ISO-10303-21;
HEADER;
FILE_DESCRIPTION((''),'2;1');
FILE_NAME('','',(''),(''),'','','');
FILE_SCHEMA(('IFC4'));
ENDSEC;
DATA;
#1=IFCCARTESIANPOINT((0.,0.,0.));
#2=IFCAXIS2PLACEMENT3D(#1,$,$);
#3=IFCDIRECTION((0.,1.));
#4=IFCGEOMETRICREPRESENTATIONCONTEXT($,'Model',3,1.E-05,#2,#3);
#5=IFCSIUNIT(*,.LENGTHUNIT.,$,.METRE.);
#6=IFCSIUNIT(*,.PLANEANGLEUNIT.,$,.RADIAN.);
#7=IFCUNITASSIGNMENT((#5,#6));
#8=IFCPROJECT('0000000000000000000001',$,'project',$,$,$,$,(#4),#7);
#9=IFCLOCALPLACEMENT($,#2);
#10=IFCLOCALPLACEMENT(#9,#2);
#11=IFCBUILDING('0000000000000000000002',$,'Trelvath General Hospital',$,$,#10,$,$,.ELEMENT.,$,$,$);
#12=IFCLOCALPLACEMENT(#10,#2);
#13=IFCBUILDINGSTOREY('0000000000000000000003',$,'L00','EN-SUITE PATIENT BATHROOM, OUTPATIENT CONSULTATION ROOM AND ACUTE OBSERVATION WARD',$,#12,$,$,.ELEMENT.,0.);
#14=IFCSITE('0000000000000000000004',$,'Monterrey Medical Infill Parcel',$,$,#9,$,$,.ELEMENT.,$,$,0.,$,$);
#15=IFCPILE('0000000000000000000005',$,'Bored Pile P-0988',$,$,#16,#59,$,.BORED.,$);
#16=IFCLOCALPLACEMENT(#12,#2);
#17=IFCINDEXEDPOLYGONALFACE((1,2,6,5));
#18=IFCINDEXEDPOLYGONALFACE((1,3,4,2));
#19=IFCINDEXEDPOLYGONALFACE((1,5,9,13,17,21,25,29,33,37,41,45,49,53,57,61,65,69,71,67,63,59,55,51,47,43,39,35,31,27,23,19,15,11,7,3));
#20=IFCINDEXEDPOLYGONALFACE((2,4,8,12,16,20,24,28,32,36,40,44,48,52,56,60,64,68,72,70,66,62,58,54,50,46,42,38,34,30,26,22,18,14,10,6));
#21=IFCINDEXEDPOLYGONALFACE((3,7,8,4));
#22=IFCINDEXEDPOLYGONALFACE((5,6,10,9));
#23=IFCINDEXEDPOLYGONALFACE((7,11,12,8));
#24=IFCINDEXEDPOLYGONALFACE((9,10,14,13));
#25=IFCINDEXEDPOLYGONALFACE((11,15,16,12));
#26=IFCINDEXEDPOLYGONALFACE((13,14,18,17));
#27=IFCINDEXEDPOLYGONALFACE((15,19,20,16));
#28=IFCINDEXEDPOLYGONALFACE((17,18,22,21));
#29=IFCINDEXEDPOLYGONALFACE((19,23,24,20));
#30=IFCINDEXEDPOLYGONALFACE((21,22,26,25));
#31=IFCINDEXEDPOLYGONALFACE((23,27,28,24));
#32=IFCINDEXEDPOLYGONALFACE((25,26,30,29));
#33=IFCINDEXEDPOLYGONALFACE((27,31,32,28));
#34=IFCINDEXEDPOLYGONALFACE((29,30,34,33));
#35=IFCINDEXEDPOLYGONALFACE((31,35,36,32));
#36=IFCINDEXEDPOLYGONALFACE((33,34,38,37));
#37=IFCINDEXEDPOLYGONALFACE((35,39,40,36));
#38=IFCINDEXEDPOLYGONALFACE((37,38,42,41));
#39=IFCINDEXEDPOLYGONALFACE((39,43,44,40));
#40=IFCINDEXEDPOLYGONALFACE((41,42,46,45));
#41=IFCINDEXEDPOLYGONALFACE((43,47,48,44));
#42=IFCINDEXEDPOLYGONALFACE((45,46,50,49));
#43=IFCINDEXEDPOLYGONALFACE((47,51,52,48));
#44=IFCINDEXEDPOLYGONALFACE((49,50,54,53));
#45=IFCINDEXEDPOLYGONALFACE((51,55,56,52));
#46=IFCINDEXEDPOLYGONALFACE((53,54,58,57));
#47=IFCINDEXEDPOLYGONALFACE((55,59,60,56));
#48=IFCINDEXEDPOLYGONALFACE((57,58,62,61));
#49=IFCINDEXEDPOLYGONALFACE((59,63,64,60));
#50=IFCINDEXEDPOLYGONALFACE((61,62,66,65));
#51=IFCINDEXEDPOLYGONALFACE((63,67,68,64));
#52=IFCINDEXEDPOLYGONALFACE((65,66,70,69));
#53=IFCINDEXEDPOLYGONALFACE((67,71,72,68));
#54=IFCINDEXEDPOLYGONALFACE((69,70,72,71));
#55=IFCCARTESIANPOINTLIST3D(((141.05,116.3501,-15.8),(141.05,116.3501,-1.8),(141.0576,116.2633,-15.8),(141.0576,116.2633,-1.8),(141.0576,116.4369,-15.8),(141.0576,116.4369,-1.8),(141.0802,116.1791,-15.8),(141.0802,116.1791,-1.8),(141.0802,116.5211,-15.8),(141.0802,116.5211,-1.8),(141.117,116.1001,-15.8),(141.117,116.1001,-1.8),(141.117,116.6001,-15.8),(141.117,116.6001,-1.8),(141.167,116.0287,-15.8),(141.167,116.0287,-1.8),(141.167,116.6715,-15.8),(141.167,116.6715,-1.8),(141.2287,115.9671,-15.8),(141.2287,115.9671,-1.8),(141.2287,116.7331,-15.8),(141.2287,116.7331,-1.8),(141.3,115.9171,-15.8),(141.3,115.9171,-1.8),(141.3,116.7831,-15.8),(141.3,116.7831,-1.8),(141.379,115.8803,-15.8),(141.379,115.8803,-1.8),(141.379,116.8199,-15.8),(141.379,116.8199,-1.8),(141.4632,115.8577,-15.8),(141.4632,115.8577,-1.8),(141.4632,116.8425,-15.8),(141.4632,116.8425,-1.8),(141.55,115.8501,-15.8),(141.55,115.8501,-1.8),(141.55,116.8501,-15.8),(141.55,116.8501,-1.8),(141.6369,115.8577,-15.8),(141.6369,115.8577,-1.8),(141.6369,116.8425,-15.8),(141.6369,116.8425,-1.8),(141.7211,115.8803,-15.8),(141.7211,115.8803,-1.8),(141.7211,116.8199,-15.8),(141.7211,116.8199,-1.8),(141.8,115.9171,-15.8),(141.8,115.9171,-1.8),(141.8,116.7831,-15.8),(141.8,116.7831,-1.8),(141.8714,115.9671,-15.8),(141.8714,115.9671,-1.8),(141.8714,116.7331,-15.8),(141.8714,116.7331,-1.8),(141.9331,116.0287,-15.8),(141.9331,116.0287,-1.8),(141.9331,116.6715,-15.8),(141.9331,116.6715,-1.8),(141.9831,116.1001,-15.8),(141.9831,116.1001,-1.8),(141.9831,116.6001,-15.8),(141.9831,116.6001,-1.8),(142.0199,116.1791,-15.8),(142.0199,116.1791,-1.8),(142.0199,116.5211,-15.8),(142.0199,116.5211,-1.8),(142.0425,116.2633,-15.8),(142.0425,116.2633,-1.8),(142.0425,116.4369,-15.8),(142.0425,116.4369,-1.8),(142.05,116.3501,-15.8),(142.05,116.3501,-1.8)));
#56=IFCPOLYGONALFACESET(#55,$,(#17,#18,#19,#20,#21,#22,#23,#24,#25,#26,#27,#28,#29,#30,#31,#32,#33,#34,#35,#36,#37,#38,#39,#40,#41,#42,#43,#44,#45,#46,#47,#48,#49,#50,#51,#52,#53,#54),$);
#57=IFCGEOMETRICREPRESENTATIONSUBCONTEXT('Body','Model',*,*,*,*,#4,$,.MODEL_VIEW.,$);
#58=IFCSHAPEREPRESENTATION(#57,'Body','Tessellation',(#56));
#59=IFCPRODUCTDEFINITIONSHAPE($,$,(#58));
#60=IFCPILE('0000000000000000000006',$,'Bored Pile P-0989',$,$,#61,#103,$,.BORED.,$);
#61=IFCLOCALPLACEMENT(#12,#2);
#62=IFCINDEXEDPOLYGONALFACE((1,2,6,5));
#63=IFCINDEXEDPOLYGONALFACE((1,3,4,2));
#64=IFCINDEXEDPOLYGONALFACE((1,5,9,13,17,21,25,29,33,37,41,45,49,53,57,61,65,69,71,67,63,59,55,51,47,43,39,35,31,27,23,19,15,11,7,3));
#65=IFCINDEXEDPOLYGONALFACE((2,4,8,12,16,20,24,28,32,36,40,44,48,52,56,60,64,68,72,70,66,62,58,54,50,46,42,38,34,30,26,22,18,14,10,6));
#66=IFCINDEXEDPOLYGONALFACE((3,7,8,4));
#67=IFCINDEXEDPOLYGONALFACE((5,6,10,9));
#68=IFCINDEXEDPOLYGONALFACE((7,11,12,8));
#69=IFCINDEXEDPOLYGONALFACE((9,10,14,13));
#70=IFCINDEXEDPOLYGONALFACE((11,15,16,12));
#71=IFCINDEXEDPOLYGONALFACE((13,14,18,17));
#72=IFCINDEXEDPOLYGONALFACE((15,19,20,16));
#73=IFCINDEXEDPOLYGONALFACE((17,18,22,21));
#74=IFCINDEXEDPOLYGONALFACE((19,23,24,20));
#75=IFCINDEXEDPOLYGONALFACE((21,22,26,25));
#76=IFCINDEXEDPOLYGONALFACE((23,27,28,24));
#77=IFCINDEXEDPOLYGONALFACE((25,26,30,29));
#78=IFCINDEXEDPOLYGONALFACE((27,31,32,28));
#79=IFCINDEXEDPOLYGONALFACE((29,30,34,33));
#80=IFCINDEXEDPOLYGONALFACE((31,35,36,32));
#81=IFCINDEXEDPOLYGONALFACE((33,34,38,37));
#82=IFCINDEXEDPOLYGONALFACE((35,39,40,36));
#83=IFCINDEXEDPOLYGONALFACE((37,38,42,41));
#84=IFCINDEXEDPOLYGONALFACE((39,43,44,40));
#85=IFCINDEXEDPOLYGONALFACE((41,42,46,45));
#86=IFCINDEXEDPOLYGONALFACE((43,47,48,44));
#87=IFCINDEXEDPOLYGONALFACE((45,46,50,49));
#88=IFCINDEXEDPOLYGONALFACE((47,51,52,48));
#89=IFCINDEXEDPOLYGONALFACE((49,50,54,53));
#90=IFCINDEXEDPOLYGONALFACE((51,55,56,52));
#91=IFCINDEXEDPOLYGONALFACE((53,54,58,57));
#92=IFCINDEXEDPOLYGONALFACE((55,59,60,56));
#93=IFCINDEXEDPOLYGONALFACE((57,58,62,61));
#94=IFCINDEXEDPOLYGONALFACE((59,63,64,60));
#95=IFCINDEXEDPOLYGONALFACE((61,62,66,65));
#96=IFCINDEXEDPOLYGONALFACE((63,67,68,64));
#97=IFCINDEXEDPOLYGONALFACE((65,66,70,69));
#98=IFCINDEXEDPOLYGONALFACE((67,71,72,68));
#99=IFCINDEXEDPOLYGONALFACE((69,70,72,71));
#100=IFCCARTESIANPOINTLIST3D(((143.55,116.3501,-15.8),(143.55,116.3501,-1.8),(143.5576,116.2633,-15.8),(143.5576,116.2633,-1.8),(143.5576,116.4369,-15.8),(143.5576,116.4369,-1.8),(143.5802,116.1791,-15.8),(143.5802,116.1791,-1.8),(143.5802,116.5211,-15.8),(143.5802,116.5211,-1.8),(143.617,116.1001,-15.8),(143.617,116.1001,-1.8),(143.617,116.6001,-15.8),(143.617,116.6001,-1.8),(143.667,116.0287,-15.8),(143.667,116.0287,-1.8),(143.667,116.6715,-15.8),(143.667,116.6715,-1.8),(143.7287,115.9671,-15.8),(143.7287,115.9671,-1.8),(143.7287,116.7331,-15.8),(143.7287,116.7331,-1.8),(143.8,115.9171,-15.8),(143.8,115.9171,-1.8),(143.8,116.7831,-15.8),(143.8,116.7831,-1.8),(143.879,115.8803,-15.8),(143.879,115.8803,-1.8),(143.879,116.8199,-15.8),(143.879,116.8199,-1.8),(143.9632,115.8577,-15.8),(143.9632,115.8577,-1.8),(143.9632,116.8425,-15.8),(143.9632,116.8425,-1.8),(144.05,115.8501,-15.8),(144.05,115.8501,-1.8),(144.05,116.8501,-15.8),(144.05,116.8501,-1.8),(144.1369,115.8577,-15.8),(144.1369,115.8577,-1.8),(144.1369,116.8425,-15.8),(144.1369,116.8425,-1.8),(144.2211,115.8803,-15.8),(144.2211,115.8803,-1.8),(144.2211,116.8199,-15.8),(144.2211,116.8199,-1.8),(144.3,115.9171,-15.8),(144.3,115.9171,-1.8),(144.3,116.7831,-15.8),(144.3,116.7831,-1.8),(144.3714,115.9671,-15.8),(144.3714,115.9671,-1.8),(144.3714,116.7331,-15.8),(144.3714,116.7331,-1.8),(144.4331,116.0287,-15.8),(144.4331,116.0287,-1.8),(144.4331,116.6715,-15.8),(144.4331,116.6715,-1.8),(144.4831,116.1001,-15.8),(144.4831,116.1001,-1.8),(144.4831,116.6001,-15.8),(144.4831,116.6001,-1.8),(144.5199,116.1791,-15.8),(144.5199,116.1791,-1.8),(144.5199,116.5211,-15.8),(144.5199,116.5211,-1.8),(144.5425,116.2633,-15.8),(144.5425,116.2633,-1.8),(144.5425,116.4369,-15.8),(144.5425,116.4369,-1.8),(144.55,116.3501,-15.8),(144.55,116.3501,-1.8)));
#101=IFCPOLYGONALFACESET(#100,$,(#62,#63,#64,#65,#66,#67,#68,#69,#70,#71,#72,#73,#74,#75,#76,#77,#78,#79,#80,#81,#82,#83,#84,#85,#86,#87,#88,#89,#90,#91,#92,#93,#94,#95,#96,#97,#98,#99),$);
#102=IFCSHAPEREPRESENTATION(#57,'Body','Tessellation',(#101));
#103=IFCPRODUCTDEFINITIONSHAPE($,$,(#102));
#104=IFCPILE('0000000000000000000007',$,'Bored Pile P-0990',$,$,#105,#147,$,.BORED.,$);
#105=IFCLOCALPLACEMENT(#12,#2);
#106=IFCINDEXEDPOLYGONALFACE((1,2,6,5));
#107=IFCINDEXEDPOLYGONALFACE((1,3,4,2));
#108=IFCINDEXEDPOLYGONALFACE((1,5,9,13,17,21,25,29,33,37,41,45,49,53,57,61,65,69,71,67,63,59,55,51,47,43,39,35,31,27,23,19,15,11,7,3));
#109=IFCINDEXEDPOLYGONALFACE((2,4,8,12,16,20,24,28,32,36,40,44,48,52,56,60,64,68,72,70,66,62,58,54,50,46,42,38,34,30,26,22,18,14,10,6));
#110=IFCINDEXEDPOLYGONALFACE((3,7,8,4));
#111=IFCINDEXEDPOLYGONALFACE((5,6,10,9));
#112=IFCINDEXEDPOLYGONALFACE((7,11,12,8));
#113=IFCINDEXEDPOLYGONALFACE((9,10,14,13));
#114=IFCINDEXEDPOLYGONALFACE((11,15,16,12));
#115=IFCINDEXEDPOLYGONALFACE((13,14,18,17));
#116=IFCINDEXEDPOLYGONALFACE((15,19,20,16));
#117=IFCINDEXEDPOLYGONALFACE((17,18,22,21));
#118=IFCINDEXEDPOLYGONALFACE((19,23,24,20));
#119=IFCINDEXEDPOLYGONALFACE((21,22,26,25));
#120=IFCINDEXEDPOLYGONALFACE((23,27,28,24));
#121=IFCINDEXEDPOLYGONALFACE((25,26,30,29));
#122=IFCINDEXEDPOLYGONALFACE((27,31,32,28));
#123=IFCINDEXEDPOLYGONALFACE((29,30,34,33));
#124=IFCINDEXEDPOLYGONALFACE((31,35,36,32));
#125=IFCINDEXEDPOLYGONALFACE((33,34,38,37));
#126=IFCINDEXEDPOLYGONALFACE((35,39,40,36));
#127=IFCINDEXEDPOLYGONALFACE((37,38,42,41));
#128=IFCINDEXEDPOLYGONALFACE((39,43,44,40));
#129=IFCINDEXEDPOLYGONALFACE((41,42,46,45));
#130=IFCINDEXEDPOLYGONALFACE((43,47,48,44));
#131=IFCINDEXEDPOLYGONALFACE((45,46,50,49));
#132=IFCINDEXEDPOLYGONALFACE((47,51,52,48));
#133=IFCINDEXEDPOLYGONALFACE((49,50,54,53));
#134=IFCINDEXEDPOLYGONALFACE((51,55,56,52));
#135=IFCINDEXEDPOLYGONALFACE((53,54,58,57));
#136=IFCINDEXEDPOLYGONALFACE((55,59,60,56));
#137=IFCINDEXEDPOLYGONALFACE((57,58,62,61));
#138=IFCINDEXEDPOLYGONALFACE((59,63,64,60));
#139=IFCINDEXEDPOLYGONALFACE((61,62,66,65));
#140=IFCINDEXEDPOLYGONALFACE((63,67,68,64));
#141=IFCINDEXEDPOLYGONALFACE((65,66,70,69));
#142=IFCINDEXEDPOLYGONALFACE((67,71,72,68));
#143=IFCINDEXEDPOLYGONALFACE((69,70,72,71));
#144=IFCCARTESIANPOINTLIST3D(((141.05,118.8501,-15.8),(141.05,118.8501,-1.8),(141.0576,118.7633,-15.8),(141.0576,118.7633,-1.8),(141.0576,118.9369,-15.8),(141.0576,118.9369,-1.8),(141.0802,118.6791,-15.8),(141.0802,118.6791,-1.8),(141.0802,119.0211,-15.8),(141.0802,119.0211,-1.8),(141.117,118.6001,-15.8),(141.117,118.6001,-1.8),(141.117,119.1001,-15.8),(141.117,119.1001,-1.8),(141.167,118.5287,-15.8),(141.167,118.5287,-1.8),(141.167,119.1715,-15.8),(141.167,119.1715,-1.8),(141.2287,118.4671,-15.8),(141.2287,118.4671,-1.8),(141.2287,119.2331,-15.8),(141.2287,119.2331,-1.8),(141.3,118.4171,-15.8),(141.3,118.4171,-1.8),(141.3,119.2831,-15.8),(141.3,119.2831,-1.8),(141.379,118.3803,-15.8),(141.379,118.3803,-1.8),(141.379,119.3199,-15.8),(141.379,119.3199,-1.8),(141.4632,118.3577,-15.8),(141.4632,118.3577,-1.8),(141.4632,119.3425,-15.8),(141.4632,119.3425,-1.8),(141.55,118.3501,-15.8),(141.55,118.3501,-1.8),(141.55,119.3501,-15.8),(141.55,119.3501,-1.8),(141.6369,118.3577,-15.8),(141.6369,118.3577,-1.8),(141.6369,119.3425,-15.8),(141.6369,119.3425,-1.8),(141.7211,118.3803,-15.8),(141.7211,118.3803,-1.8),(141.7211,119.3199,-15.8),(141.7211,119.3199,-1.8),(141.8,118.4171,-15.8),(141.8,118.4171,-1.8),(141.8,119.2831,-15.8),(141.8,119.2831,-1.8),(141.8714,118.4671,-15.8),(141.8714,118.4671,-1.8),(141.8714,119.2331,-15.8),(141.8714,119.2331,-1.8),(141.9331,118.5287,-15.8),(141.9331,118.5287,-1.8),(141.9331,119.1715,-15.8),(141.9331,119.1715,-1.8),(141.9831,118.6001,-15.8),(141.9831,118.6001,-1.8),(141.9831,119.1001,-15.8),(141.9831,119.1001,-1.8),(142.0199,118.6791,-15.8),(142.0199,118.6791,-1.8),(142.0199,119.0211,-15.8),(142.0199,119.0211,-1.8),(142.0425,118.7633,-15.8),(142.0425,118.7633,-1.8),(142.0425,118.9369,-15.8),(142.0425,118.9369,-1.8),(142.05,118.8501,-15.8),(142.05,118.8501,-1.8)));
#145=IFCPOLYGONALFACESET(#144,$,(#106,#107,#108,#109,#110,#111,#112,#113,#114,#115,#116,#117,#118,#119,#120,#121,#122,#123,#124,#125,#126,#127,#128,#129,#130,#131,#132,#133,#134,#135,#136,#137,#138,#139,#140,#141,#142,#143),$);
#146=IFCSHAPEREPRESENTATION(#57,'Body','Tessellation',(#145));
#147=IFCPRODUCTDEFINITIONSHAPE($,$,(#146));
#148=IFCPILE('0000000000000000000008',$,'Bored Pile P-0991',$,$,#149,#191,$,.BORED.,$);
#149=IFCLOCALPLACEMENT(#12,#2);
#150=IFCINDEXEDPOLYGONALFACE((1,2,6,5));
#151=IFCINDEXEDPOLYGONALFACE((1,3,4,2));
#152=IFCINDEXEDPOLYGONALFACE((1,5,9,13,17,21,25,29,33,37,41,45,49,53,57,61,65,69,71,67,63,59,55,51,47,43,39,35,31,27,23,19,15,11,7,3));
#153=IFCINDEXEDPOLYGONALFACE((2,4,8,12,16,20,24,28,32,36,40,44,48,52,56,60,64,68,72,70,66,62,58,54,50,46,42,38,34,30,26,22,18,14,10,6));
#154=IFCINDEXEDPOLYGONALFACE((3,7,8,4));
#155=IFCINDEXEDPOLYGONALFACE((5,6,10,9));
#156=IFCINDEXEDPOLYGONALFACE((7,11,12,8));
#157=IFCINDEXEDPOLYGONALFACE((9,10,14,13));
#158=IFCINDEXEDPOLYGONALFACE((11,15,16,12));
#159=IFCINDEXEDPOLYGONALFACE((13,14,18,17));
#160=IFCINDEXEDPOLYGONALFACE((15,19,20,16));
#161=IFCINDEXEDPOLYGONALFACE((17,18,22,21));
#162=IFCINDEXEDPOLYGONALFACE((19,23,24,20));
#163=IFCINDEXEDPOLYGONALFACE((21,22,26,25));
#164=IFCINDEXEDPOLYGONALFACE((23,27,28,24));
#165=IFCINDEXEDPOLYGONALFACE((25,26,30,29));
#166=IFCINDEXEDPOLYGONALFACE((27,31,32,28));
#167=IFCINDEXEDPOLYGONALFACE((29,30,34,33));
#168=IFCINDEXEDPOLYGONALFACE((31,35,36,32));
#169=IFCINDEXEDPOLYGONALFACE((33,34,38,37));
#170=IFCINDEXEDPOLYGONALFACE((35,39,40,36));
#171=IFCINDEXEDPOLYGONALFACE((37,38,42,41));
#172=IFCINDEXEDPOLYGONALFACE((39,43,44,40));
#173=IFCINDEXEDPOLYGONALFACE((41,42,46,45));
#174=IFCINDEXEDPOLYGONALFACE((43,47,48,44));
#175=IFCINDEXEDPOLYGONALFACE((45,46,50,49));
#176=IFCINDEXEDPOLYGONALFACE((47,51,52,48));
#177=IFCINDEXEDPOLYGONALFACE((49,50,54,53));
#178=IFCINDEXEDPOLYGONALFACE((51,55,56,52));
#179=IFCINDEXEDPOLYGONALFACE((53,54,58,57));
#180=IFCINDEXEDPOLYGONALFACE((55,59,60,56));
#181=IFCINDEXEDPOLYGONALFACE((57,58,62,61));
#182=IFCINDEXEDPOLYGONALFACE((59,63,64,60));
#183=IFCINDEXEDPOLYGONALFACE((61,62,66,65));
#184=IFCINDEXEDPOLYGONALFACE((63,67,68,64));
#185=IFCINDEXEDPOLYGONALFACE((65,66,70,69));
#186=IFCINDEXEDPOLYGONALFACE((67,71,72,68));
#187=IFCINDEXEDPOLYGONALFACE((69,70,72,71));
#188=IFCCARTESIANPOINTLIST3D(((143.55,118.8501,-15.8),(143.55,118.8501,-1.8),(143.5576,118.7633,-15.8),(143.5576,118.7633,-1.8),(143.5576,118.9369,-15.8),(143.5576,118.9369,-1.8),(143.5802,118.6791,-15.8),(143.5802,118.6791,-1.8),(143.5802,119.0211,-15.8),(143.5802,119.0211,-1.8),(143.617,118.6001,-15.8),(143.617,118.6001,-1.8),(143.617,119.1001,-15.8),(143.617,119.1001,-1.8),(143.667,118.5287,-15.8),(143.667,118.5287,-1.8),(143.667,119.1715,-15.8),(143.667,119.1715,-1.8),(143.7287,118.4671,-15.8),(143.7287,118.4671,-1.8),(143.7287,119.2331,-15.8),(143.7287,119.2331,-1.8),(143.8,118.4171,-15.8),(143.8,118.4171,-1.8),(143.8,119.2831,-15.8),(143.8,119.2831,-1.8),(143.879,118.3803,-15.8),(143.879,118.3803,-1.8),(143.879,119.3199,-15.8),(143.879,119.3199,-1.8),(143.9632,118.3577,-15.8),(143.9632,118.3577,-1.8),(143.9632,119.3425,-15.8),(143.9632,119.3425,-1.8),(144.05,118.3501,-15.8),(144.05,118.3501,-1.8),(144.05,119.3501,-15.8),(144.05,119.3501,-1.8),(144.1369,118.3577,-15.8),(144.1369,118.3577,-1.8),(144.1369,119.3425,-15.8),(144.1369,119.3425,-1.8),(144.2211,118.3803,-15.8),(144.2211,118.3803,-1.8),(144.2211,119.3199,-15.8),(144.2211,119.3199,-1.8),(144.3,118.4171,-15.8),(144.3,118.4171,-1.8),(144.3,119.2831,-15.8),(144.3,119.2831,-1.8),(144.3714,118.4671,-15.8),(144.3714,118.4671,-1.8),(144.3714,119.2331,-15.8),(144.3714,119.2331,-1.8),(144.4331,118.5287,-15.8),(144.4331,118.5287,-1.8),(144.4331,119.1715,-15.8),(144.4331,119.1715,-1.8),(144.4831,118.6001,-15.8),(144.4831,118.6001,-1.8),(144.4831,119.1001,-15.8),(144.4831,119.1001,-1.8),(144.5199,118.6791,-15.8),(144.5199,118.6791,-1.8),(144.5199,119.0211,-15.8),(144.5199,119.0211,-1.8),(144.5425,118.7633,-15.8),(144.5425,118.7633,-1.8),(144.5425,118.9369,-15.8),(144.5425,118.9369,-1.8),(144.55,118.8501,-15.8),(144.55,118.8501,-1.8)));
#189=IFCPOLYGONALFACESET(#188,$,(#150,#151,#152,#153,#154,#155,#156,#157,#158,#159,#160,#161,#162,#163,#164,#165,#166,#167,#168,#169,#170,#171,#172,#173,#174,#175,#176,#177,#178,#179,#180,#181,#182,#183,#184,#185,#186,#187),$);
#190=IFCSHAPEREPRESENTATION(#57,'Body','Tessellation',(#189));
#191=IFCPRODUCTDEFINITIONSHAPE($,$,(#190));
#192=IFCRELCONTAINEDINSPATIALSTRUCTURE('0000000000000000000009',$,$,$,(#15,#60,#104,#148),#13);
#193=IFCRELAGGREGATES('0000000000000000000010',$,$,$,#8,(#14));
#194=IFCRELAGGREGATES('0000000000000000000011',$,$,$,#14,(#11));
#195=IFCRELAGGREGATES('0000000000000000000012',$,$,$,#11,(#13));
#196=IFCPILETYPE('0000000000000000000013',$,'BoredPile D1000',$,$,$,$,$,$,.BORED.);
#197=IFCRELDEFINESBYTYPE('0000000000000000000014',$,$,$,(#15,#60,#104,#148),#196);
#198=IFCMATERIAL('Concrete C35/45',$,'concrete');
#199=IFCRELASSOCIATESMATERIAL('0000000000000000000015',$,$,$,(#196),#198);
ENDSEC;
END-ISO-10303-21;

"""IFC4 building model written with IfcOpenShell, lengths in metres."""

from ifc_helpers import new_model, si_unit, direction, frame, origin, origin_2d, place, context, subcontext, project, spatial, circle, extrude, material, material_profile, profile_set, type_object, element, save


model = new_model("IFC4")

# Units and contexts
model_context = context("Model", 3, precision=1e-05, world=origin(), true_north=direction((0.0, 1.0)))
body_context = subcontext(model_context, "Body", "Model", "MODEL_VIEW")
ifc_project = project(units=[si_unit("LENGTHUNIT", "METRE"), si_unit("PLANEANGLEUNIT", "RADIAN")], contexts=[model_context])

# Site, building, storey
site_placement = place(None, origin())
site = spatial("IfcSite", under=ifc_project, at=site_placement, Name="Monterrey Medical Infill Parcel", CompositionType="ELEMENT", RefElevation=0.0)
building_placement = place(site_placement, origin())
building = spatial("IfcBuilding", under=site, at=building_placement, Name="Trelvath General Hospital", CompositionType="ELEMENT")
storey_placement = place(building_placement, origin())
storey = spatial("IfcBuildingStorey", under=building, at=storey_placement, Name="L00", Description="EN-SUITE PATIENT BATHROOM, OUTPATIENT CONSULTATION ROOM AND ACUTE OBSERVATION WARD", CompositionType="ELEMENT", Elevation=0.0)

# Piles
ifc_material_1 = material(Name="Concrete C35/45", Category="concrete")
ifc_material_profile_1 = material_profile(ifc_material_1, circle(Radius=0.5, at=origin_2d()), Name="PILE1000")
ifc_profile_set_1 = profile_set([ifc_material_profile_1], Name="Concrete C35/45")
pile_type_1 = type_object("IfcPileType", Name="BoredPile D1000", PredefinedType="BORED", material=ifc_profile_set_1)
for number, where, z_axis, x_axis, name in (
    (1, (141.55, 116.3501, -1.8), (0.0, 0.0, -1.0), (1.0, 0.0, 0.0), "Bored Pile P-0988"),
    (2, (144.05, 116.3501, -1.8), (0.0, 0.0, -1.0), (1.0, 0.0, 0.0), "Bored Pile P-0989"),
    (3, (141.55, 118.8501, -1.8), (0.0, 0.0, -1.0), (1.0, 0.0, 0.0), "Bored Pile P-0990"),
    (4, (144.05, 118.8501, -1.8), (0.0, 0.0, -1.0), (1.0, 0.0, 0.0), "Bored Pile P-0991"),
):
    element("IfcPile", number, at=place(storey_placement, frame(where, z_axis=z_axis, x_axis=x_axis)), inside=storey, type_object=pile_type_1, Name=name, PredefinedType="BORED", context=body_context, shape_type="SweptSolid", body=[
        extrude(circle(Radius=0.5, at=origin_2d()), origin(), (0.0, 0.0, 1.0), 14.0),
    ])

save(model, "model.ifc")
